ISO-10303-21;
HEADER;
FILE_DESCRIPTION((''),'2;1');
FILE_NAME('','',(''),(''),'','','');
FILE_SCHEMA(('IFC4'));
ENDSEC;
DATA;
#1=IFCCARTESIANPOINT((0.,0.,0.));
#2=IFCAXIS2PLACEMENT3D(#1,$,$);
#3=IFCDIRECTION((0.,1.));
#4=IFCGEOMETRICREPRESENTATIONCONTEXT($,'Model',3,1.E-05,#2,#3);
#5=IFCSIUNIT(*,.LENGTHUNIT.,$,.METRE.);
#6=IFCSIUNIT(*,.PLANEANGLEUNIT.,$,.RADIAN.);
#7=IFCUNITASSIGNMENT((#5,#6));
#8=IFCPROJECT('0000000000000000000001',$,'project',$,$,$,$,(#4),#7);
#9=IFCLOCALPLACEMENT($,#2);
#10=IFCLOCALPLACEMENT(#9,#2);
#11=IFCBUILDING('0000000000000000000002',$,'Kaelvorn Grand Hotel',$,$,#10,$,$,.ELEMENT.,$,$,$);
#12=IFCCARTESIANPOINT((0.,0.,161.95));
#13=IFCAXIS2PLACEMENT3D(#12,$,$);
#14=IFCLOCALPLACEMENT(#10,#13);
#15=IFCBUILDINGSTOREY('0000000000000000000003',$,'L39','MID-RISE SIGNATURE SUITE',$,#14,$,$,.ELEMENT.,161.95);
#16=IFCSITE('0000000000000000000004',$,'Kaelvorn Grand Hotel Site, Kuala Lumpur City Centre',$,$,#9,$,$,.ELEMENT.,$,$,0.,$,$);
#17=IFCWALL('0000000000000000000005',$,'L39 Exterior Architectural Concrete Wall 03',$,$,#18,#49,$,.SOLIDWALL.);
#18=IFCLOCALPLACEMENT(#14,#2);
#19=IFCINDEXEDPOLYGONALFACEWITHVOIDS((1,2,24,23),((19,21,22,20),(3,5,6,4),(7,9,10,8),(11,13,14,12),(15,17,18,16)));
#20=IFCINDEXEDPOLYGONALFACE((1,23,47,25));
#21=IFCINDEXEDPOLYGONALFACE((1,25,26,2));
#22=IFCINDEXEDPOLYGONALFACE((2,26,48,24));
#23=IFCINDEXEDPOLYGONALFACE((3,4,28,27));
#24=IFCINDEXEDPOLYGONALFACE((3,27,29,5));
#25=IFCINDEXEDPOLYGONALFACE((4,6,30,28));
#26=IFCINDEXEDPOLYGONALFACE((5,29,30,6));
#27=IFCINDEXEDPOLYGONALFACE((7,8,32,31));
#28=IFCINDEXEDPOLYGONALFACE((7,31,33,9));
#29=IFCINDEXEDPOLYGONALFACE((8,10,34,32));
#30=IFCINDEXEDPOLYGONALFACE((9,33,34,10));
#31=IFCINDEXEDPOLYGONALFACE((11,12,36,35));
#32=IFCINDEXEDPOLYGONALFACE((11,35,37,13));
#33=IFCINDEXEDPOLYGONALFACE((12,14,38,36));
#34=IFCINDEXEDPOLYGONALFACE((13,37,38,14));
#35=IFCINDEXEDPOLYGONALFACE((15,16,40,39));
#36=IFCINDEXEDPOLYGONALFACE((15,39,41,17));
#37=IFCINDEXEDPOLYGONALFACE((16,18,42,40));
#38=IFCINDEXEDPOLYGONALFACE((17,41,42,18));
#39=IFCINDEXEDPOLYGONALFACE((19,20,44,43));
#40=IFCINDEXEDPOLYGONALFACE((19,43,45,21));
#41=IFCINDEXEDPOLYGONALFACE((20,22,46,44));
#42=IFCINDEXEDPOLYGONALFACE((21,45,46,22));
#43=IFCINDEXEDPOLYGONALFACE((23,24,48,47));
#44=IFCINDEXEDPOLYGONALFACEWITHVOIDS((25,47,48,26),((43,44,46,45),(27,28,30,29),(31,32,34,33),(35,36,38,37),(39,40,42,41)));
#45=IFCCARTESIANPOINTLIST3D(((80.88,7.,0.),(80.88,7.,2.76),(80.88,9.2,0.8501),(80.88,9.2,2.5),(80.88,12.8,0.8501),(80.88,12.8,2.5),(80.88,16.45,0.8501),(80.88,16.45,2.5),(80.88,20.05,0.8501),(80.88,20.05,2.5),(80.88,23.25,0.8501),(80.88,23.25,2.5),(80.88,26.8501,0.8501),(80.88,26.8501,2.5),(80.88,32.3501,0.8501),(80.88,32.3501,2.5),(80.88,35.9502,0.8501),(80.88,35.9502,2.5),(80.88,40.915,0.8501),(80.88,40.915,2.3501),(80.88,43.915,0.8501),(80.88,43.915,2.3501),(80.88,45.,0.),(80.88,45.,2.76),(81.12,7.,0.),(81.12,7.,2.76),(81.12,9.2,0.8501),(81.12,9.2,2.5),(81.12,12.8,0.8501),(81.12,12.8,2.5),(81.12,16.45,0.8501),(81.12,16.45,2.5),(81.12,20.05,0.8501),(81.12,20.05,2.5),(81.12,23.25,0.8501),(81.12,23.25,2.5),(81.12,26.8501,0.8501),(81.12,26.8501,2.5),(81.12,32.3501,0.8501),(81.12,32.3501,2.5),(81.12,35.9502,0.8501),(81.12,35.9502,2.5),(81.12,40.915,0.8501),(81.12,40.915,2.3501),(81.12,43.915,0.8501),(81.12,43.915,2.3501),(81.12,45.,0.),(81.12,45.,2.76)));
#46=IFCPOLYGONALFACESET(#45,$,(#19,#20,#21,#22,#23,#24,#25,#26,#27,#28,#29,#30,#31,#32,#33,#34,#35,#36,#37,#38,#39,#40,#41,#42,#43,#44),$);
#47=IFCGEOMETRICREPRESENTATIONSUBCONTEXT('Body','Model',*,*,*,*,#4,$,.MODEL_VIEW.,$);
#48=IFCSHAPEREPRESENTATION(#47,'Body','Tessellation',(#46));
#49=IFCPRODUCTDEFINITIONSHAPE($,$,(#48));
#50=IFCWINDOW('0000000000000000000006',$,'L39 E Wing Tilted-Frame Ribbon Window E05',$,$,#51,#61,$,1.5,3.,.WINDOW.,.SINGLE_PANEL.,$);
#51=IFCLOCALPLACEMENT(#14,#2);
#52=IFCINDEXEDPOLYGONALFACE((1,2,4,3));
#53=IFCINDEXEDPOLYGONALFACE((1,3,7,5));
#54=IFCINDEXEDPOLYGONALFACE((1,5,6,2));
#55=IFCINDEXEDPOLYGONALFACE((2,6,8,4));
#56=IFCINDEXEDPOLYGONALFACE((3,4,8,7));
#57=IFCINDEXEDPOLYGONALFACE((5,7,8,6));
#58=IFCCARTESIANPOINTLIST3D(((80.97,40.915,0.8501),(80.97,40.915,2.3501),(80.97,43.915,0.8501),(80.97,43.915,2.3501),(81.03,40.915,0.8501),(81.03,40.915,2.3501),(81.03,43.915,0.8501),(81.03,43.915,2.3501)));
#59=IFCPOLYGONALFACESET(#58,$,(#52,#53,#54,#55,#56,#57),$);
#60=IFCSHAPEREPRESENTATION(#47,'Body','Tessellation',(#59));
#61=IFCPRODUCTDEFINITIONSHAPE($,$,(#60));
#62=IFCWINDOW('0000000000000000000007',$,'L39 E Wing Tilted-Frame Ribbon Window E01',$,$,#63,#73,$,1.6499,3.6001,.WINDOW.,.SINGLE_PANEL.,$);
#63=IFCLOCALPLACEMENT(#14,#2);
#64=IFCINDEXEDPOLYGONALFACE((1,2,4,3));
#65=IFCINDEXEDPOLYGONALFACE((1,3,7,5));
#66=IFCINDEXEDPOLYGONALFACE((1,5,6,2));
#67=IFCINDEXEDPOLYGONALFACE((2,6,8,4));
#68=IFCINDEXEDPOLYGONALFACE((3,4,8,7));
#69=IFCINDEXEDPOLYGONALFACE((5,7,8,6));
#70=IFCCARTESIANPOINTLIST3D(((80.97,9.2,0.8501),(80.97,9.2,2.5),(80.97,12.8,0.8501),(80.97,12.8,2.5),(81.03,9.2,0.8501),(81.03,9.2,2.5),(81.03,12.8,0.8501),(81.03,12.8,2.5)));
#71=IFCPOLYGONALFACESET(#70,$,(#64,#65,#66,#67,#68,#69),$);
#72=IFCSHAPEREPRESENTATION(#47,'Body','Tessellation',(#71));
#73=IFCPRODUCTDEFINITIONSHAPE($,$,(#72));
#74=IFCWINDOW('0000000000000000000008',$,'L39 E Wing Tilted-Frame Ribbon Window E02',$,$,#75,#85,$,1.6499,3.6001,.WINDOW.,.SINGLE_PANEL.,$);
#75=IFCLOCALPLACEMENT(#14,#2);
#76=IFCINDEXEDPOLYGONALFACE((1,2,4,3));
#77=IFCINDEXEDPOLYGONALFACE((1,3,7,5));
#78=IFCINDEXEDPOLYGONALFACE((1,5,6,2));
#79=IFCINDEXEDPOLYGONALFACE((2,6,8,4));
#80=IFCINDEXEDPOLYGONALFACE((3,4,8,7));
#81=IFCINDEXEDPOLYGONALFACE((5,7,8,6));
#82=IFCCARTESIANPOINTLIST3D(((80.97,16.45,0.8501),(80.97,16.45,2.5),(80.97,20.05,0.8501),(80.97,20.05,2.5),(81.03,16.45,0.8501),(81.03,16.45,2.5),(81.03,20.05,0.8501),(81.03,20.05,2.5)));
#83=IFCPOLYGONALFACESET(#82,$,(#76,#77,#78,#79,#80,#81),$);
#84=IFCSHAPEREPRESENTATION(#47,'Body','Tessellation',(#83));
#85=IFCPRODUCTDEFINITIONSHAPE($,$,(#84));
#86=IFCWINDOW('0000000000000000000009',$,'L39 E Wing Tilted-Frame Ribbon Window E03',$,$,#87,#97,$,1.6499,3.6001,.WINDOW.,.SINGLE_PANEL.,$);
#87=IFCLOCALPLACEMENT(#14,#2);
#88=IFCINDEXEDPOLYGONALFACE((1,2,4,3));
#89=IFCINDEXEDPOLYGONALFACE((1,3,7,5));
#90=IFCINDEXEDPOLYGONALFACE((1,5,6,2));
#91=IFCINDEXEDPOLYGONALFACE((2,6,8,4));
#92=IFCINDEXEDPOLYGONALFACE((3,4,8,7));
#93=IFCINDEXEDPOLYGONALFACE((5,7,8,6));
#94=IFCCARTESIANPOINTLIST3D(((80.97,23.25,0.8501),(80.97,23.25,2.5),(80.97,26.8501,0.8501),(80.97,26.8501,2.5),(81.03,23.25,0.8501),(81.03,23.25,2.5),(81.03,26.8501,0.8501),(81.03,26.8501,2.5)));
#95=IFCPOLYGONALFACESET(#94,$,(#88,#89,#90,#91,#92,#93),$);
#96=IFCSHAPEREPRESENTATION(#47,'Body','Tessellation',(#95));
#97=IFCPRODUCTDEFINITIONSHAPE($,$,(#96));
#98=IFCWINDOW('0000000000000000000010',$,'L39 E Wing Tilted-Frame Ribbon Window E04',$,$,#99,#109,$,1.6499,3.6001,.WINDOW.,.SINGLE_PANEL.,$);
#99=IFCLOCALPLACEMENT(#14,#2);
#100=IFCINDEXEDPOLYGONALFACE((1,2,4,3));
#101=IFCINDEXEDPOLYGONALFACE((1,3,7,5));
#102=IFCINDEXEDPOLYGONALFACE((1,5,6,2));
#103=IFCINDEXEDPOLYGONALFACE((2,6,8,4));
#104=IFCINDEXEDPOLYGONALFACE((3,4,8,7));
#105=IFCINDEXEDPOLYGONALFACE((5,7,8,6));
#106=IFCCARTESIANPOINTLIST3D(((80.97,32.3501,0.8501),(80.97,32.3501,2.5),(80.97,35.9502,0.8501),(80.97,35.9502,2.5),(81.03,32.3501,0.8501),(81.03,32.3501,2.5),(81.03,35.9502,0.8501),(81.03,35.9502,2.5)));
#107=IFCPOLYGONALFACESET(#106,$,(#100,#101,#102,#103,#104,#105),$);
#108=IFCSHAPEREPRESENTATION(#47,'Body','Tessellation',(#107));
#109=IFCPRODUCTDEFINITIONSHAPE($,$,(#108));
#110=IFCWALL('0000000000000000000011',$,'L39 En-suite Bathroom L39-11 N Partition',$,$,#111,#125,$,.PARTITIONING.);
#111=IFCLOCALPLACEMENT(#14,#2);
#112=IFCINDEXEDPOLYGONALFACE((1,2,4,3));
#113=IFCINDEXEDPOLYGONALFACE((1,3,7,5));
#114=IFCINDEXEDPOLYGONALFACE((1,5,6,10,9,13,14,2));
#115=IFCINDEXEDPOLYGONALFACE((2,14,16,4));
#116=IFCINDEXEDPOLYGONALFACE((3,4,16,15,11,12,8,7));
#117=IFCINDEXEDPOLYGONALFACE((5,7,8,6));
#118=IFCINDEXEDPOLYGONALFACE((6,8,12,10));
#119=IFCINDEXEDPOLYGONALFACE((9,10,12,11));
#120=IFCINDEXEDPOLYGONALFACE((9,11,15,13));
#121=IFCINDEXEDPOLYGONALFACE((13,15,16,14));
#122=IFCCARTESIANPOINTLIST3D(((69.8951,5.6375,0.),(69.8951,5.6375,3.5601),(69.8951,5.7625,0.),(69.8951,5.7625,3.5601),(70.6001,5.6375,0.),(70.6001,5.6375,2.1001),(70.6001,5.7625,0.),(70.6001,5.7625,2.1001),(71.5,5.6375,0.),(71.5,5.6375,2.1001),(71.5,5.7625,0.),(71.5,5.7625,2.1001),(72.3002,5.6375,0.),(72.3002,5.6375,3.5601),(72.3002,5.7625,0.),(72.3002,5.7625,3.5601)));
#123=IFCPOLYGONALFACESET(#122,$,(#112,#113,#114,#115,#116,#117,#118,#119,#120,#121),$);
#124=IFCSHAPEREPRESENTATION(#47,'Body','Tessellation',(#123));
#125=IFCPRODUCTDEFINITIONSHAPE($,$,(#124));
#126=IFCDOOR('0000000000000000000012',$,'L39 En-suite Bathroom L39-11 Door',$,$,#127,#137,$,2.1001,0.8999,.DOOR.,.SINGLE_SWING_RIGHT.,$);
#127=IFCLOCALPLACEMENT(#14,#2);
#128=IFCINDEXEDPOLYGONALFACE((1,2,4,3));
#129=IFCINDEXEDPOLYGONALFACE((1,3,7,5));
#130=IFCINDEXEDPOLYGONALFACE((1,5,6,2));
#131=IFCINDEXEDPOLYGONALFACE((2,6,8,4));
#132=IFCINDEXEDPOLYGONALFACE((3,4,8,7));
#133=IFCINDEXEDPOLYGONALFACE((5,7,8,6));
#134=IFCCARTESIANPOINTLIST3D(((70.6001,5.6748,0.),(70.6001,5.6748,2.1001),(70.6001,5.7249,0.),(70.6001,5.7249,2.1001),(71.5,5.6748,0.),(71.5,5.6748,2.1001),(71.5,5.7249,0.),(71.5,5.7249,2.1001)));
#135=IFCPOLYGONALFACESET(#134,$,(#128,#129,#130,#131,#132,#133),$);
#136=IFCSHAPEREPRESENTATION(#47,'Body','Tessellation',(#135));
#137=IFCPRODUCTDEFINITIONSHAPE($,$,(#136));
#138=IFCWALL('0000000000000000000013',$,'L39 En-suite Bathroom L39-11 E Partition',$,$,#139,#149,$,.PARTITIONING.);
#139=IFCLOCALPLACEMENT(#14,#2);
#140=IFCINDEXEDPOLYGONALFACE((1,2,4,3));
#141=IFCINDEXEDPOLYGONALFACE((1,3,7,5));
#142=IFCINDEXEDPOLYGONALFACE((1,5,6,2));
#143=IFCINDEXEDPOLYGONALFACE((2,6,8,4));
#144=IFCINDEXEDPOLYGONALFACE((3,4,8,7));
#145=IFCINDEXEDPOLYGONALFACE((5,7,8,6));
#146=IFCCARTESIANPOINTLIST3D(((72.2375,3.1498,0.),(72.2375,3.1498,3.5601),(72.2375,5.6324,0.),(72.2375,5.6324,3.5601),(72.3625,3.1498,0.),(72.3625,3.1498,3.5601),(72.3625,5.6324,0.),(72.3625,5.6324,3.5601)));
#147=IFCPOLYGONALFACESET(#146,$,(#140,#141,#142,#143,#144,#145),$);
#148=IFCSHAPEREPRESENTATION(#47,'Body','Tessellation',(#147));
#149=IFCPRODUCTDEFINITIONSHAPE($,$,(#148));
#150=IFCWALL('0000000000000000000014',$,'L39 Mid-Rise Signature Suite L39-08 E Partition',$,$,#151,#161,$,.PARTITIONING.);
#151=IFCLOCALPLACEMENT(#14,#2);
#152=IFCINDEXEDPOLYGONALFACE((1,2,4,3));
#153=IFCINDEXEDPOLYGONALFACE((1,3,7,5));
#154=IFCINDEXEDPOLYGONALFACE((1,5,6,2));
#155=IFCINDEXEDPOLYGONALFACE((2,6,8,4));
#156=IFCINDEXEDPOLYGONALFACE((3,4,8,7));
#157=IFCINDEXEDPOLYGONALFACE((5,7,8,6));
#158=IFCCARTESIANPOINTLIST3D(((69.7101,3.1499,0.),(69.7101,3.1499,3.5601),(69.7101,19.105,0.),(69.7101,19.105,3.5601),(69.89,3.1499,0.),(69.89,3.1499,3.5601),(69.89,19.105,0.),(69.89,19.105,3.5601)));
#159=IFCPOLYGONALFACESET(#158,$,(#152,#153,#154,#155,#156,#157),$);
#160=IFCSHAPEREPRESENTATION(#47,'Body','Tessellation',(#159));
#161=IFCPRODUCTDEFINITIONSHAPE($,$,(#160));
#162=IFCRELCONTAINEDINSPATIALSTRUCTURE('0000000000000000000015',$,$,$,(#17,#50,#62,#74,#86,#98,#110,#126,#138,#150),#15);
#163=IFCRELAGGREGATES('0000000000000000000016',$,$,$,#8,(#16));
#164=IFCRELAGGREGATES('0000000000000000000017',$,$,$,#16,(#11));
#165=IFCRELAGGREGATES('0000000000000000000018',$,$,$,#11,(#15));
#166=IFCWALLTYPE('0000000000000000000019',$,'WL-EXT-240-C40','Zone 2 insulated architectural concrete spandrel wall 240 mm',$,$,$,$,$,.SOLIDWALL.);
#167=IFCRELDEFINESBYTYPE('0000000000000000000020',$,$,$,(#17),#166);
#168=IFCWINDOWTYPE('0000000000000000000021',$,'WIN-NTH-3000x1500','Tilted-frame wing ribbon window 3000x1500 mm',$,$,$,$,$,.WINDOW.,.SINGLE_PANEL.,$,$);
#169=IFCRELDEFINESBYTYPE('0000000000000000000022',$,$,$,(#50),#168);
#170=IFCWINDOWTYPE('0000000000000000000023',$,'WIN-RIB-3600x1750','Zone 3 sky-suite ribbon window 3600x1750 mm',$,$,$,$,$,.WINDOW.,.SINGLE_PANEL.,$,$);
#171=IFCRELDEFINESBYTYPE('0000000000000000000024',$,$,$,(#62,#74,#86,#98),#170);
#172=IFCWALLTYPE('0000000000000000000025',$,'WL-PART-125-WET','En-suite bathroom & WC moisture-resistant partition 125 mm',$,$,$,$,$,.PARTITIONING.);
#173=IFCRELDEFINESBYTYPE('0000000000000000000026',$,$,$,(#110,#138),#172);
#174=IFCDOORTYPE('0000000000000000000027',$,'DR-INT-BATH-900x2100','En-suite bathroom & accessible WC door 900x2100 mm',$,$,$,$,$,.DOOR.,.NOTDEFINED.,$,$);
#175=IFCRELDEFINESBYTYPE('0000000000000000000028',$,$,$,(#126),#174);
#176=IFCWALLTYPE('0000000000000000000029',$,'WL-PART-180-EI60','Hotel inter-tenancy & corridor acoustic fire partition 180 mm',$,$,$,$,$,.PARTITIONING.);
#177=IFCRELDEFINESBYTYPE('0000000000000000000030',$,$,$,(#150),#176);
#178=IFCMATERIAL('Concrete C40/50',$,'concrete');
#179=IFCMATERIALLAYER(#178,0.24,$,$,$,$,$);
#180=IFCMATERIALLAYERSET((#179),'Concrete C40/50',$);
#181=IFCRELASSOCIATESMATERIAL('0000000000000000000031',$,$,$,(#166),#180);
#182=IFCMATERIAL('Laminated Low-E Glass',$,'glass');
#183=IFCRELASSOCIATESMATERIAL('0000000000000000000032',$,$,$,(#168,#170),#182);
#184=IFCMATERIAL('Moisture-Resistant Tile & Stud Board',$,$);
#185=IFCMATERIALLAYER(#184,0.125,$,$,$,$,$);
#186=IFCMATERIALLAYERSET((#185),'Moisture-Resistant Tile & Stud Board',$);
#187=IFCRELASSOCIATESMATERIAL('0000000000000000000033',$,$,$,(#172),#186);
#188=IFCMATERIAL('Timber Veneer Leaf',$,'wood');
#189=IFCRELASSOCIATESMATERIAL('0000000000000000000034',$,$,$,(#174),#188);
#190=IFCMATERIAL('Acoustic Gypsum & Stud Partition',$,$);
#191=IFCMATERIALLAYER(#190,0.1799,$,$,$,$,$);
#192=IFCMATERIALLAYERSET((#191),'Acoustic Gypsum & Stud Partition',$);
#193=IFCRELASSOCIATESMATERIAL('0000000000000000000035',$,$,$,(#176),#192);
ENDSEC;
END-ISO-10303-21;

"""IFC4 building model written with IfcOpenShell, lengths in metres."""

from ifc_helpers import new_model, si_unit, direction, frame, frame_2d, origin, place, context, subcontext, project, spatial, rectangle, extrude, material, layer, layer_set, type_object, element, fill, save


model = new_model("IFC4")

# Units and contexts
model_context = context("Model", 3, precision=1e-05, world=origin(), true_north=direction((0.0, 1.0)))
body_context = subcontext(model_context, "Body", "Model", "MODEL_VIEW")
ifc_project = project(units=[si_unit("LENGTHUNIT", "METRE"), si_unit("PLANEANGLEUNIT", "RADIAN")], contexts=[model_context])

# Site, building, storey
site_placement = place(None, origin())
site = spatial("IfcSite", under=ifc_project, at=site_placement, Name="Kaelvorn Grand Hotel Site, Kuala Lumpur City Centre", CompositionType="ELEMENT", RefElevation=0.0)
building_placement = place(site_placement, origin())
building = spatial("IfcBuilding", under=site, at=building_placement, Name="Kaelvorn Grand Hotel", CompositionType="ELEMENT")
storey_placement = place(building_placement, frame((0.0, 0.0, 161.95)))
storey = spatial("IfcBuildingStorey", under=building, at=storey_placement, Name="L39", Description="MID-RISE SIGNATURE SUITE", CompositionType="ELEMENT", Elevation=161.95)

# Shared definitions
ifc_material_1 = material(Name="Concrete C40/50", Category="concrete")

# Shared definitions
ifc_layer_1 = layer(ifc_material_1, 0.24)
ifc_layer_set_1 = layer_set([ifc_layer_1], Name="Concrete C40/50")
wall_type_1 = type_object("IfcWallType", Name="WL-EXT-240-C40", Description="Zone 2 insulated architectural concrete spandrel wall 240 mm", PredefinedType="SOLIDWALL", material=ifc_layer_set_1)
ifc_material_2 = material(Name="Laminated Low-E Glass", Category="glass")

# Wall, openings, windows
wall_1_placement = place(storey_placement, frame((81.0, 7.0, 0.0), z_axis=(0.0, 0.0, 1.0), x_axis=(0.0, 1.0, 0.0)))
wall_1 = element("IfcWall", 1, at=wall_1_placement, inside=storey, type_object=wall_type_1, Name="L39 Exterior Architectural Concrete Wall 03", PredefinedType="SOLIDWALL", context=body_context, shape_type="SweptSolid", body=[
    extrude(rectangle(XDim=38.0, YDim=0.24, at=frame_2d((19.0, 0.0))), origin(), (0.0, 0.0, 1.0), 2.76),
])
opening_1_placement = place(wall_1_placement, frame((2.2, 0.0, 0.8501)))
opening_1 = element("IfcOpeningElement", 2, at=opening_1_placement, cuts=wall_1, PredefinedType="OPENING", context=body_context, shape_type="SweptSolid", body=[
    extrude(rectangle(XDim=3.6001, YDim=1.6499, at=frame_2d((1.8, 0.825))), frame((0.0, 0.1299, 0.0), z_axis=(0.0, -1.0, 0.0), x_axis=(1.0, 0.0, 0.0)), (0.0, 0.0, 1.0), 0.26),
])
opening_2_placement = place(wall_1_placement, frame((9.45, 0.0, 0.8501)))
opening_2 = element("IfcOpeningElement", 3, at=opening_2_placement, cuts=wall_1, PredefinedType="OPENING", context=body_context, shape_type="SweptSolid", body=[
    extrude(rectangle(XDim=3.6001, YDim=1.6499, at=frame_2d((1.8, 0.825))), frame((0.0, 0.1299, 0.0), z_axis=(0.0, -1.0, 0.0), x_axis=(1.0, 0.0, 0.0)), (0.0, 0.0, 1.0), 0.26),
])
opening_3_placement = place(wall_1_placement, frame((16.25, 0.0, 0.8501)))
opening_3 = element("IfcOpeningElement", 4, at=opening_3_placement, cuts=wall_1, PredefinedType="OPENING", context=body_context, shape_type="SweptSolid", body=[
    extrude(rectangle(XDim=3.6001, YDim=1.6499, at=frame_2d((1.8, 0.825))), frame((0.0, 0.1299, 0.0), z_axis=(0.0, -1.0, 0.0), x_axis=(1.0, 0.0, 0.0)), (0.0, 0.0, 1.0), 0.26),
])
opening_4_placement = place(wall_1_placement, frame((25.3501, 0.0, 0.8501)))
opening_4 = element("IfcOpeningElement", 5, at=opening_4_placement, cuts=wall_1, PredefinedType="OPENING", context=body_context, shape_type="SweptSolid", body=[
    extrude(rectangle(XDim=3.6001, YDim=1.6499, at=frame_2d((1.8, 0.825))), frame((0.0, 0.1299, 0.0), z_axis=(0.0, -1.0, 0.0), x_axis=(1.0, 0.0, 0.0)), (0.0, 0.0, 1.0), 0.26),
])
opening_5_placement = place(wall_1_placement, frame((33.915, 0.0, 0.8501)))
opening_5 = element("IfcOpeningElement", 6, at=opening_5_placement, cuts=wall_1, PredefinedType="OPENING", context=body_context, shape_type="SweptSolid", body=[
    extrude(rectangle(XDim=3.0, YDim=1.5, at=frame_2d((1.5, 0.75))), frame((0.0, 0.1299, 0.0), z_axis=(0.0, -1.0, 0.0), x_axis=(1.0, 0.0, 0.0)), (0.0, 0.0, 1.0), 0.26),
])
window_type_1 = type_object("IfcWindowType", Name="WIN-NTH-3000x1500", Description="Tilted-frame wing ribbon window 3000x1500 mm", PartitioningType="SINGLE_PANEL", PredefinedType="WINDOW", material=ifc_material_2)
window_1_placement = place(opening_5_placement, origin())
window_1 = element("IfcWindow", 7, at=window_1_placement, inside=storey, type_object=window_type_1, Name="L39 E Wing Tilted-Frame Ribbon Window E05", OverallHeight=1.5, OverallWidth=3.0, PartitioningType="SINGLE_PANEL", PredefinedType="WINDOW", context=body_context, shape_type="SweptSolid", body=[
    extrude(rectangle(XDim=3.0, YDim=1.5, at=frame_2d((1.5, 0.75))), frame((0.0, 0.03, 0.0), z_axis=(0.0, -1.0, 0.0), x_axis=(1.0, 0.0, 0.0)), (0.0, 0.0, 1.0), 0.0601),
])
fill(opening_5, window_1)
window_type_2 = type_object("IfcWindowType", Name="WIN-RIB-3600x1750", Description="Zone 3 sky-suite ribbon window 3600x1750 mm", PartitioningType="SINGLE_PANEL", PredefinedType="WINDOW", material=ifc_material_2)
window_2_placement = place(opening_1_placement, origin())
window_2 = element("IfcWindow", 8, at=window_2_placement, inside=storey, type_object=window_type_2, Name="L39 E Wing Tilted-Frame Ribbon Window E01", OverallHeight=1.6499, OverallWidth=3.6001, PartitioningType="SINGLE_PANEL", PredefinedType="WINDOW", context=body_context, shape_type="SweptSolid", body=[
    extrude(rectangle(XDim=3.6001, YDim=1.6499, at=frame_2d((1.8, 0.825))), frame((0.0, 0.03, 0.0), z_axis=(0.0, -1.0, 0.0), x_axis=(1.0, 0.0, 0.0)), (0.0, 0.0, 1.0), 0.0601),
])
fill(opening_1, window_2)
window_3_placement = place(opening_2_placement, origin())
window_3 = element("IfcWindow", 9, at=window_3_placement, inside=storey, type_object=window_type_2, Name="L39 E Wing Tilted-Frame Ribbon Window E02", OverallHeight=1.6499, OverallWidth=3.6001, PartitioningType="SINGLE_PANEL", PredefinedType="WINDOW", context=body_context, shape_type="SweptSolid", body=[
    extrude(rectangle(XDim=3.6001, YDim=1.6499, at=frame_2d((1.8, 0.825))), frame((0.0, 0.03, 0.0), z_axis=(0.0, -1.0, 0.0), x_axis=(1.0, 0.0, 0.0)), (0.0, 0.0, 1.0), 0.0601),
])
fill(opening_2, window_3)
window_4_placement = place(opening_3_placement, origin())
window_4 = element("IfcWindow", 10, at=window_4_placement, inside=storey, type_object=window_type_2, Name="L39 E Wing Tilted-Frame Ribbon Window E03", OverallHeight=1.6499, OverallWidth=3.6001, PartitioningType="SINGLE_PANEL", PredefinedType="WINDOW", context=body_context, shape_type="SweptSolid", body=[
    extrude(rectangle(XDim=3.6001, YDim=1.6499, at=frame_2d((1.8, 0.825))), frame((0.0, 0.03, 0.0), z_axis=(0.0, -1.0, 0.0), x_axis=(1.0, 0.0, 0.0)), (0.0, 0.0, 1.0), 0.0601),
])
fill(opening_3, window_4)
window_5_placement = place(opening_4_placement, origin())
window_5 = element("IfcWindow", 11, at=window_5_placement, inside=storey, type_object=window_type_2, Name="L39 E Wing Tilted-Frame Ribbon Window E04", OverallHeight=1.6499, OverallWidth=3.6001, PartitioningType="SINGLE_PANEL", PredefinedType="WINDOW", context=body_context, shape_type="SweptSolid", body=[
    extrude(rectangle(XDim=3.6001, YDim=1.6499, at=frame_2d((1.8, 0.825))), frame((0.0, 0.03, 0.0), z_axis=(0.0, -1.0, 0.0), x_axis=(1.0, 0.0, 0.0)), (0.0, 0.0, 1.0), 0.0601),
])
fill(opening_4, window_5)

# Wall, opening, door
ifc_material_3 = material(Name="Moisture-Resistant Tile & Stud Board")
ifc_layer_2 = layer(ifc_material_3, 0.125)
ifc_layer_set_2 = layer_set([ifc_layer_2], Name="Moisture-Resistant Tile & Stud Board")
wall_type_2 = type_object("IfcWallType", Name="WL-PART-125-WET", Description="En-suite bathroom & WC moisture-resistant partition 125 mm", PredefinedType="PARTITIONING", material=ifc_layer_set_2)
wall_2_placement = place(storey_placement, frame((69.895, 5.7, 0.0), z_axis=(0.0, 0.0, 1.0), x_axis=(1.0, 0.0, 0.0)))
wall_2 = element("IfcWall", 12, at=wall_2_placement, inside=storey, type_object=wall_type_2, Name="L39 En-suite Bathroom L39-11 N Partition", PredefinedType="PARTITIONING", context=body_context, shape_type="SweptSolid", body=[
    extrude(rectangle(XDim=2.405, YDim=0.125, at=frame_2d((1.2026, 0.0))), origin(), (0.0, 0.0, 1.0), 3.5601),
])
opening_6_placement = place(wall_2_placement, frame((0.7051, 0.0, 0.0)))
opening_6 = element("IfcOpeningElement", 13, at=opening_6_placement, cuts=wall_2, PredefinedType="OPENING", context=body_context, shape_type="SweptSolid", body=[
    extrude(rectangle(XDim=0.8999, YDim=2.1001, at=frame_2d((0.45, 1.05))), frame((0.0, 0.0725, 0.0), z_axis=(0.0, -1.0, 0.0), x_axis=(1.0, 0.0, 0.0)), (0.0, 0.0, 1.0), 0.145),
])
ifc_material_4 = material(Name="Timber Veneer Leaf", Category="wood")
door_type = type_object("IfcDoorType", Name="DR-INT-BATH-900x2100", Description="En-suite bathroom & accessible WC door 900x2100 mm", OperationType="NOTDEFINED", PredefinedType="DOOR", material=ifc_material_4)
door_placement = place(opening_6_placement, origin())
door = element("IfcDoor", 14, at=door_placement, inside=storey, type_object=door_type, Name="L39 En-suite Bathroom L39-11 Door", OperationType="SINGLE_SWING_RIGHT", OverallHeight=2.1001, OverallWidth=0.8999, PredefinedType="DOOR", context=body_context, shape_type="SweptSolid", body=[
    extrude(rectangle(XDim=0.8999, YDim=2.1001, at=frame_2d((0.45, 1.05))), frame((0.0, 0.0249, 0.0), z_axis=(0.0, -1.0, 0.0), x_axis=(1.0, 0.0, 0.0)), (0.0, 0.0, 1.0), 0.05),
])
fill(opening_6, door)

# Walls
wall_3_placement = place(storey_placement, frame((72.3, 3.1499, 0.0), z_axis=(0.0, 0.0, 1.0), x_axis=(0.0, 1.0, 0.0)))
element("IfcWall", 15, at=wall_3_placement, inside=storey, type_object=wall_type_2, Name="L39 En-suite Bathroom L39-11 E Partition", PredefinedType="PARTITIONING", context=body_context, shape_type="SweptSolid", body=[
    extrude(rectangle(XDim=2.4827, YDim=0.125, at=frame_2d((1.2412, 0.0))), origin(), (0.0, 0.0, 1.0), 3.5601),
])
ifc_material_5 = material(Name="Acoustic Gypsum & Stud Partition")
ifc_layer_3 = layer(ifc_material_5, 0.1799)
ifc_layer_set_3 = layer_set([ifc_layer_3], Name="Acoustic Gypsum & Stud Partition")
wall_type_3 = type_object("IfcWallType", Name="WL-PART-180-EI60", Description="Hotel inter-tenancy & corridor acoustic fire partition 180 mm", PredefinedType="PARTITIONING", material=ifc_layer_set_3)
wall_4_placement = place(storey_placement, frame((69.8, 3.1499, 0.0), z_axis=(0.0, 0.0, 1.0), x_axis=(0.0, 1.0, 0.0)))
element("IfcWall", 16, at=wall_4_placement, inside=storey, type_object=wall_type_3, Name="L39 Mid-Rise Signature Suite L39-08 E Partition", PredefinedType="PARTITIONING", context=body_context, shape_type="SweptSolid", body=[
    extrude(rectangle(XDim=15.9551, YDim=0.1799, at=frame_2d((7.9775, 0.0))), origin(), (0.0, 0.0, 1.0), 3.5601),
])

save(model, "model.ifc")
